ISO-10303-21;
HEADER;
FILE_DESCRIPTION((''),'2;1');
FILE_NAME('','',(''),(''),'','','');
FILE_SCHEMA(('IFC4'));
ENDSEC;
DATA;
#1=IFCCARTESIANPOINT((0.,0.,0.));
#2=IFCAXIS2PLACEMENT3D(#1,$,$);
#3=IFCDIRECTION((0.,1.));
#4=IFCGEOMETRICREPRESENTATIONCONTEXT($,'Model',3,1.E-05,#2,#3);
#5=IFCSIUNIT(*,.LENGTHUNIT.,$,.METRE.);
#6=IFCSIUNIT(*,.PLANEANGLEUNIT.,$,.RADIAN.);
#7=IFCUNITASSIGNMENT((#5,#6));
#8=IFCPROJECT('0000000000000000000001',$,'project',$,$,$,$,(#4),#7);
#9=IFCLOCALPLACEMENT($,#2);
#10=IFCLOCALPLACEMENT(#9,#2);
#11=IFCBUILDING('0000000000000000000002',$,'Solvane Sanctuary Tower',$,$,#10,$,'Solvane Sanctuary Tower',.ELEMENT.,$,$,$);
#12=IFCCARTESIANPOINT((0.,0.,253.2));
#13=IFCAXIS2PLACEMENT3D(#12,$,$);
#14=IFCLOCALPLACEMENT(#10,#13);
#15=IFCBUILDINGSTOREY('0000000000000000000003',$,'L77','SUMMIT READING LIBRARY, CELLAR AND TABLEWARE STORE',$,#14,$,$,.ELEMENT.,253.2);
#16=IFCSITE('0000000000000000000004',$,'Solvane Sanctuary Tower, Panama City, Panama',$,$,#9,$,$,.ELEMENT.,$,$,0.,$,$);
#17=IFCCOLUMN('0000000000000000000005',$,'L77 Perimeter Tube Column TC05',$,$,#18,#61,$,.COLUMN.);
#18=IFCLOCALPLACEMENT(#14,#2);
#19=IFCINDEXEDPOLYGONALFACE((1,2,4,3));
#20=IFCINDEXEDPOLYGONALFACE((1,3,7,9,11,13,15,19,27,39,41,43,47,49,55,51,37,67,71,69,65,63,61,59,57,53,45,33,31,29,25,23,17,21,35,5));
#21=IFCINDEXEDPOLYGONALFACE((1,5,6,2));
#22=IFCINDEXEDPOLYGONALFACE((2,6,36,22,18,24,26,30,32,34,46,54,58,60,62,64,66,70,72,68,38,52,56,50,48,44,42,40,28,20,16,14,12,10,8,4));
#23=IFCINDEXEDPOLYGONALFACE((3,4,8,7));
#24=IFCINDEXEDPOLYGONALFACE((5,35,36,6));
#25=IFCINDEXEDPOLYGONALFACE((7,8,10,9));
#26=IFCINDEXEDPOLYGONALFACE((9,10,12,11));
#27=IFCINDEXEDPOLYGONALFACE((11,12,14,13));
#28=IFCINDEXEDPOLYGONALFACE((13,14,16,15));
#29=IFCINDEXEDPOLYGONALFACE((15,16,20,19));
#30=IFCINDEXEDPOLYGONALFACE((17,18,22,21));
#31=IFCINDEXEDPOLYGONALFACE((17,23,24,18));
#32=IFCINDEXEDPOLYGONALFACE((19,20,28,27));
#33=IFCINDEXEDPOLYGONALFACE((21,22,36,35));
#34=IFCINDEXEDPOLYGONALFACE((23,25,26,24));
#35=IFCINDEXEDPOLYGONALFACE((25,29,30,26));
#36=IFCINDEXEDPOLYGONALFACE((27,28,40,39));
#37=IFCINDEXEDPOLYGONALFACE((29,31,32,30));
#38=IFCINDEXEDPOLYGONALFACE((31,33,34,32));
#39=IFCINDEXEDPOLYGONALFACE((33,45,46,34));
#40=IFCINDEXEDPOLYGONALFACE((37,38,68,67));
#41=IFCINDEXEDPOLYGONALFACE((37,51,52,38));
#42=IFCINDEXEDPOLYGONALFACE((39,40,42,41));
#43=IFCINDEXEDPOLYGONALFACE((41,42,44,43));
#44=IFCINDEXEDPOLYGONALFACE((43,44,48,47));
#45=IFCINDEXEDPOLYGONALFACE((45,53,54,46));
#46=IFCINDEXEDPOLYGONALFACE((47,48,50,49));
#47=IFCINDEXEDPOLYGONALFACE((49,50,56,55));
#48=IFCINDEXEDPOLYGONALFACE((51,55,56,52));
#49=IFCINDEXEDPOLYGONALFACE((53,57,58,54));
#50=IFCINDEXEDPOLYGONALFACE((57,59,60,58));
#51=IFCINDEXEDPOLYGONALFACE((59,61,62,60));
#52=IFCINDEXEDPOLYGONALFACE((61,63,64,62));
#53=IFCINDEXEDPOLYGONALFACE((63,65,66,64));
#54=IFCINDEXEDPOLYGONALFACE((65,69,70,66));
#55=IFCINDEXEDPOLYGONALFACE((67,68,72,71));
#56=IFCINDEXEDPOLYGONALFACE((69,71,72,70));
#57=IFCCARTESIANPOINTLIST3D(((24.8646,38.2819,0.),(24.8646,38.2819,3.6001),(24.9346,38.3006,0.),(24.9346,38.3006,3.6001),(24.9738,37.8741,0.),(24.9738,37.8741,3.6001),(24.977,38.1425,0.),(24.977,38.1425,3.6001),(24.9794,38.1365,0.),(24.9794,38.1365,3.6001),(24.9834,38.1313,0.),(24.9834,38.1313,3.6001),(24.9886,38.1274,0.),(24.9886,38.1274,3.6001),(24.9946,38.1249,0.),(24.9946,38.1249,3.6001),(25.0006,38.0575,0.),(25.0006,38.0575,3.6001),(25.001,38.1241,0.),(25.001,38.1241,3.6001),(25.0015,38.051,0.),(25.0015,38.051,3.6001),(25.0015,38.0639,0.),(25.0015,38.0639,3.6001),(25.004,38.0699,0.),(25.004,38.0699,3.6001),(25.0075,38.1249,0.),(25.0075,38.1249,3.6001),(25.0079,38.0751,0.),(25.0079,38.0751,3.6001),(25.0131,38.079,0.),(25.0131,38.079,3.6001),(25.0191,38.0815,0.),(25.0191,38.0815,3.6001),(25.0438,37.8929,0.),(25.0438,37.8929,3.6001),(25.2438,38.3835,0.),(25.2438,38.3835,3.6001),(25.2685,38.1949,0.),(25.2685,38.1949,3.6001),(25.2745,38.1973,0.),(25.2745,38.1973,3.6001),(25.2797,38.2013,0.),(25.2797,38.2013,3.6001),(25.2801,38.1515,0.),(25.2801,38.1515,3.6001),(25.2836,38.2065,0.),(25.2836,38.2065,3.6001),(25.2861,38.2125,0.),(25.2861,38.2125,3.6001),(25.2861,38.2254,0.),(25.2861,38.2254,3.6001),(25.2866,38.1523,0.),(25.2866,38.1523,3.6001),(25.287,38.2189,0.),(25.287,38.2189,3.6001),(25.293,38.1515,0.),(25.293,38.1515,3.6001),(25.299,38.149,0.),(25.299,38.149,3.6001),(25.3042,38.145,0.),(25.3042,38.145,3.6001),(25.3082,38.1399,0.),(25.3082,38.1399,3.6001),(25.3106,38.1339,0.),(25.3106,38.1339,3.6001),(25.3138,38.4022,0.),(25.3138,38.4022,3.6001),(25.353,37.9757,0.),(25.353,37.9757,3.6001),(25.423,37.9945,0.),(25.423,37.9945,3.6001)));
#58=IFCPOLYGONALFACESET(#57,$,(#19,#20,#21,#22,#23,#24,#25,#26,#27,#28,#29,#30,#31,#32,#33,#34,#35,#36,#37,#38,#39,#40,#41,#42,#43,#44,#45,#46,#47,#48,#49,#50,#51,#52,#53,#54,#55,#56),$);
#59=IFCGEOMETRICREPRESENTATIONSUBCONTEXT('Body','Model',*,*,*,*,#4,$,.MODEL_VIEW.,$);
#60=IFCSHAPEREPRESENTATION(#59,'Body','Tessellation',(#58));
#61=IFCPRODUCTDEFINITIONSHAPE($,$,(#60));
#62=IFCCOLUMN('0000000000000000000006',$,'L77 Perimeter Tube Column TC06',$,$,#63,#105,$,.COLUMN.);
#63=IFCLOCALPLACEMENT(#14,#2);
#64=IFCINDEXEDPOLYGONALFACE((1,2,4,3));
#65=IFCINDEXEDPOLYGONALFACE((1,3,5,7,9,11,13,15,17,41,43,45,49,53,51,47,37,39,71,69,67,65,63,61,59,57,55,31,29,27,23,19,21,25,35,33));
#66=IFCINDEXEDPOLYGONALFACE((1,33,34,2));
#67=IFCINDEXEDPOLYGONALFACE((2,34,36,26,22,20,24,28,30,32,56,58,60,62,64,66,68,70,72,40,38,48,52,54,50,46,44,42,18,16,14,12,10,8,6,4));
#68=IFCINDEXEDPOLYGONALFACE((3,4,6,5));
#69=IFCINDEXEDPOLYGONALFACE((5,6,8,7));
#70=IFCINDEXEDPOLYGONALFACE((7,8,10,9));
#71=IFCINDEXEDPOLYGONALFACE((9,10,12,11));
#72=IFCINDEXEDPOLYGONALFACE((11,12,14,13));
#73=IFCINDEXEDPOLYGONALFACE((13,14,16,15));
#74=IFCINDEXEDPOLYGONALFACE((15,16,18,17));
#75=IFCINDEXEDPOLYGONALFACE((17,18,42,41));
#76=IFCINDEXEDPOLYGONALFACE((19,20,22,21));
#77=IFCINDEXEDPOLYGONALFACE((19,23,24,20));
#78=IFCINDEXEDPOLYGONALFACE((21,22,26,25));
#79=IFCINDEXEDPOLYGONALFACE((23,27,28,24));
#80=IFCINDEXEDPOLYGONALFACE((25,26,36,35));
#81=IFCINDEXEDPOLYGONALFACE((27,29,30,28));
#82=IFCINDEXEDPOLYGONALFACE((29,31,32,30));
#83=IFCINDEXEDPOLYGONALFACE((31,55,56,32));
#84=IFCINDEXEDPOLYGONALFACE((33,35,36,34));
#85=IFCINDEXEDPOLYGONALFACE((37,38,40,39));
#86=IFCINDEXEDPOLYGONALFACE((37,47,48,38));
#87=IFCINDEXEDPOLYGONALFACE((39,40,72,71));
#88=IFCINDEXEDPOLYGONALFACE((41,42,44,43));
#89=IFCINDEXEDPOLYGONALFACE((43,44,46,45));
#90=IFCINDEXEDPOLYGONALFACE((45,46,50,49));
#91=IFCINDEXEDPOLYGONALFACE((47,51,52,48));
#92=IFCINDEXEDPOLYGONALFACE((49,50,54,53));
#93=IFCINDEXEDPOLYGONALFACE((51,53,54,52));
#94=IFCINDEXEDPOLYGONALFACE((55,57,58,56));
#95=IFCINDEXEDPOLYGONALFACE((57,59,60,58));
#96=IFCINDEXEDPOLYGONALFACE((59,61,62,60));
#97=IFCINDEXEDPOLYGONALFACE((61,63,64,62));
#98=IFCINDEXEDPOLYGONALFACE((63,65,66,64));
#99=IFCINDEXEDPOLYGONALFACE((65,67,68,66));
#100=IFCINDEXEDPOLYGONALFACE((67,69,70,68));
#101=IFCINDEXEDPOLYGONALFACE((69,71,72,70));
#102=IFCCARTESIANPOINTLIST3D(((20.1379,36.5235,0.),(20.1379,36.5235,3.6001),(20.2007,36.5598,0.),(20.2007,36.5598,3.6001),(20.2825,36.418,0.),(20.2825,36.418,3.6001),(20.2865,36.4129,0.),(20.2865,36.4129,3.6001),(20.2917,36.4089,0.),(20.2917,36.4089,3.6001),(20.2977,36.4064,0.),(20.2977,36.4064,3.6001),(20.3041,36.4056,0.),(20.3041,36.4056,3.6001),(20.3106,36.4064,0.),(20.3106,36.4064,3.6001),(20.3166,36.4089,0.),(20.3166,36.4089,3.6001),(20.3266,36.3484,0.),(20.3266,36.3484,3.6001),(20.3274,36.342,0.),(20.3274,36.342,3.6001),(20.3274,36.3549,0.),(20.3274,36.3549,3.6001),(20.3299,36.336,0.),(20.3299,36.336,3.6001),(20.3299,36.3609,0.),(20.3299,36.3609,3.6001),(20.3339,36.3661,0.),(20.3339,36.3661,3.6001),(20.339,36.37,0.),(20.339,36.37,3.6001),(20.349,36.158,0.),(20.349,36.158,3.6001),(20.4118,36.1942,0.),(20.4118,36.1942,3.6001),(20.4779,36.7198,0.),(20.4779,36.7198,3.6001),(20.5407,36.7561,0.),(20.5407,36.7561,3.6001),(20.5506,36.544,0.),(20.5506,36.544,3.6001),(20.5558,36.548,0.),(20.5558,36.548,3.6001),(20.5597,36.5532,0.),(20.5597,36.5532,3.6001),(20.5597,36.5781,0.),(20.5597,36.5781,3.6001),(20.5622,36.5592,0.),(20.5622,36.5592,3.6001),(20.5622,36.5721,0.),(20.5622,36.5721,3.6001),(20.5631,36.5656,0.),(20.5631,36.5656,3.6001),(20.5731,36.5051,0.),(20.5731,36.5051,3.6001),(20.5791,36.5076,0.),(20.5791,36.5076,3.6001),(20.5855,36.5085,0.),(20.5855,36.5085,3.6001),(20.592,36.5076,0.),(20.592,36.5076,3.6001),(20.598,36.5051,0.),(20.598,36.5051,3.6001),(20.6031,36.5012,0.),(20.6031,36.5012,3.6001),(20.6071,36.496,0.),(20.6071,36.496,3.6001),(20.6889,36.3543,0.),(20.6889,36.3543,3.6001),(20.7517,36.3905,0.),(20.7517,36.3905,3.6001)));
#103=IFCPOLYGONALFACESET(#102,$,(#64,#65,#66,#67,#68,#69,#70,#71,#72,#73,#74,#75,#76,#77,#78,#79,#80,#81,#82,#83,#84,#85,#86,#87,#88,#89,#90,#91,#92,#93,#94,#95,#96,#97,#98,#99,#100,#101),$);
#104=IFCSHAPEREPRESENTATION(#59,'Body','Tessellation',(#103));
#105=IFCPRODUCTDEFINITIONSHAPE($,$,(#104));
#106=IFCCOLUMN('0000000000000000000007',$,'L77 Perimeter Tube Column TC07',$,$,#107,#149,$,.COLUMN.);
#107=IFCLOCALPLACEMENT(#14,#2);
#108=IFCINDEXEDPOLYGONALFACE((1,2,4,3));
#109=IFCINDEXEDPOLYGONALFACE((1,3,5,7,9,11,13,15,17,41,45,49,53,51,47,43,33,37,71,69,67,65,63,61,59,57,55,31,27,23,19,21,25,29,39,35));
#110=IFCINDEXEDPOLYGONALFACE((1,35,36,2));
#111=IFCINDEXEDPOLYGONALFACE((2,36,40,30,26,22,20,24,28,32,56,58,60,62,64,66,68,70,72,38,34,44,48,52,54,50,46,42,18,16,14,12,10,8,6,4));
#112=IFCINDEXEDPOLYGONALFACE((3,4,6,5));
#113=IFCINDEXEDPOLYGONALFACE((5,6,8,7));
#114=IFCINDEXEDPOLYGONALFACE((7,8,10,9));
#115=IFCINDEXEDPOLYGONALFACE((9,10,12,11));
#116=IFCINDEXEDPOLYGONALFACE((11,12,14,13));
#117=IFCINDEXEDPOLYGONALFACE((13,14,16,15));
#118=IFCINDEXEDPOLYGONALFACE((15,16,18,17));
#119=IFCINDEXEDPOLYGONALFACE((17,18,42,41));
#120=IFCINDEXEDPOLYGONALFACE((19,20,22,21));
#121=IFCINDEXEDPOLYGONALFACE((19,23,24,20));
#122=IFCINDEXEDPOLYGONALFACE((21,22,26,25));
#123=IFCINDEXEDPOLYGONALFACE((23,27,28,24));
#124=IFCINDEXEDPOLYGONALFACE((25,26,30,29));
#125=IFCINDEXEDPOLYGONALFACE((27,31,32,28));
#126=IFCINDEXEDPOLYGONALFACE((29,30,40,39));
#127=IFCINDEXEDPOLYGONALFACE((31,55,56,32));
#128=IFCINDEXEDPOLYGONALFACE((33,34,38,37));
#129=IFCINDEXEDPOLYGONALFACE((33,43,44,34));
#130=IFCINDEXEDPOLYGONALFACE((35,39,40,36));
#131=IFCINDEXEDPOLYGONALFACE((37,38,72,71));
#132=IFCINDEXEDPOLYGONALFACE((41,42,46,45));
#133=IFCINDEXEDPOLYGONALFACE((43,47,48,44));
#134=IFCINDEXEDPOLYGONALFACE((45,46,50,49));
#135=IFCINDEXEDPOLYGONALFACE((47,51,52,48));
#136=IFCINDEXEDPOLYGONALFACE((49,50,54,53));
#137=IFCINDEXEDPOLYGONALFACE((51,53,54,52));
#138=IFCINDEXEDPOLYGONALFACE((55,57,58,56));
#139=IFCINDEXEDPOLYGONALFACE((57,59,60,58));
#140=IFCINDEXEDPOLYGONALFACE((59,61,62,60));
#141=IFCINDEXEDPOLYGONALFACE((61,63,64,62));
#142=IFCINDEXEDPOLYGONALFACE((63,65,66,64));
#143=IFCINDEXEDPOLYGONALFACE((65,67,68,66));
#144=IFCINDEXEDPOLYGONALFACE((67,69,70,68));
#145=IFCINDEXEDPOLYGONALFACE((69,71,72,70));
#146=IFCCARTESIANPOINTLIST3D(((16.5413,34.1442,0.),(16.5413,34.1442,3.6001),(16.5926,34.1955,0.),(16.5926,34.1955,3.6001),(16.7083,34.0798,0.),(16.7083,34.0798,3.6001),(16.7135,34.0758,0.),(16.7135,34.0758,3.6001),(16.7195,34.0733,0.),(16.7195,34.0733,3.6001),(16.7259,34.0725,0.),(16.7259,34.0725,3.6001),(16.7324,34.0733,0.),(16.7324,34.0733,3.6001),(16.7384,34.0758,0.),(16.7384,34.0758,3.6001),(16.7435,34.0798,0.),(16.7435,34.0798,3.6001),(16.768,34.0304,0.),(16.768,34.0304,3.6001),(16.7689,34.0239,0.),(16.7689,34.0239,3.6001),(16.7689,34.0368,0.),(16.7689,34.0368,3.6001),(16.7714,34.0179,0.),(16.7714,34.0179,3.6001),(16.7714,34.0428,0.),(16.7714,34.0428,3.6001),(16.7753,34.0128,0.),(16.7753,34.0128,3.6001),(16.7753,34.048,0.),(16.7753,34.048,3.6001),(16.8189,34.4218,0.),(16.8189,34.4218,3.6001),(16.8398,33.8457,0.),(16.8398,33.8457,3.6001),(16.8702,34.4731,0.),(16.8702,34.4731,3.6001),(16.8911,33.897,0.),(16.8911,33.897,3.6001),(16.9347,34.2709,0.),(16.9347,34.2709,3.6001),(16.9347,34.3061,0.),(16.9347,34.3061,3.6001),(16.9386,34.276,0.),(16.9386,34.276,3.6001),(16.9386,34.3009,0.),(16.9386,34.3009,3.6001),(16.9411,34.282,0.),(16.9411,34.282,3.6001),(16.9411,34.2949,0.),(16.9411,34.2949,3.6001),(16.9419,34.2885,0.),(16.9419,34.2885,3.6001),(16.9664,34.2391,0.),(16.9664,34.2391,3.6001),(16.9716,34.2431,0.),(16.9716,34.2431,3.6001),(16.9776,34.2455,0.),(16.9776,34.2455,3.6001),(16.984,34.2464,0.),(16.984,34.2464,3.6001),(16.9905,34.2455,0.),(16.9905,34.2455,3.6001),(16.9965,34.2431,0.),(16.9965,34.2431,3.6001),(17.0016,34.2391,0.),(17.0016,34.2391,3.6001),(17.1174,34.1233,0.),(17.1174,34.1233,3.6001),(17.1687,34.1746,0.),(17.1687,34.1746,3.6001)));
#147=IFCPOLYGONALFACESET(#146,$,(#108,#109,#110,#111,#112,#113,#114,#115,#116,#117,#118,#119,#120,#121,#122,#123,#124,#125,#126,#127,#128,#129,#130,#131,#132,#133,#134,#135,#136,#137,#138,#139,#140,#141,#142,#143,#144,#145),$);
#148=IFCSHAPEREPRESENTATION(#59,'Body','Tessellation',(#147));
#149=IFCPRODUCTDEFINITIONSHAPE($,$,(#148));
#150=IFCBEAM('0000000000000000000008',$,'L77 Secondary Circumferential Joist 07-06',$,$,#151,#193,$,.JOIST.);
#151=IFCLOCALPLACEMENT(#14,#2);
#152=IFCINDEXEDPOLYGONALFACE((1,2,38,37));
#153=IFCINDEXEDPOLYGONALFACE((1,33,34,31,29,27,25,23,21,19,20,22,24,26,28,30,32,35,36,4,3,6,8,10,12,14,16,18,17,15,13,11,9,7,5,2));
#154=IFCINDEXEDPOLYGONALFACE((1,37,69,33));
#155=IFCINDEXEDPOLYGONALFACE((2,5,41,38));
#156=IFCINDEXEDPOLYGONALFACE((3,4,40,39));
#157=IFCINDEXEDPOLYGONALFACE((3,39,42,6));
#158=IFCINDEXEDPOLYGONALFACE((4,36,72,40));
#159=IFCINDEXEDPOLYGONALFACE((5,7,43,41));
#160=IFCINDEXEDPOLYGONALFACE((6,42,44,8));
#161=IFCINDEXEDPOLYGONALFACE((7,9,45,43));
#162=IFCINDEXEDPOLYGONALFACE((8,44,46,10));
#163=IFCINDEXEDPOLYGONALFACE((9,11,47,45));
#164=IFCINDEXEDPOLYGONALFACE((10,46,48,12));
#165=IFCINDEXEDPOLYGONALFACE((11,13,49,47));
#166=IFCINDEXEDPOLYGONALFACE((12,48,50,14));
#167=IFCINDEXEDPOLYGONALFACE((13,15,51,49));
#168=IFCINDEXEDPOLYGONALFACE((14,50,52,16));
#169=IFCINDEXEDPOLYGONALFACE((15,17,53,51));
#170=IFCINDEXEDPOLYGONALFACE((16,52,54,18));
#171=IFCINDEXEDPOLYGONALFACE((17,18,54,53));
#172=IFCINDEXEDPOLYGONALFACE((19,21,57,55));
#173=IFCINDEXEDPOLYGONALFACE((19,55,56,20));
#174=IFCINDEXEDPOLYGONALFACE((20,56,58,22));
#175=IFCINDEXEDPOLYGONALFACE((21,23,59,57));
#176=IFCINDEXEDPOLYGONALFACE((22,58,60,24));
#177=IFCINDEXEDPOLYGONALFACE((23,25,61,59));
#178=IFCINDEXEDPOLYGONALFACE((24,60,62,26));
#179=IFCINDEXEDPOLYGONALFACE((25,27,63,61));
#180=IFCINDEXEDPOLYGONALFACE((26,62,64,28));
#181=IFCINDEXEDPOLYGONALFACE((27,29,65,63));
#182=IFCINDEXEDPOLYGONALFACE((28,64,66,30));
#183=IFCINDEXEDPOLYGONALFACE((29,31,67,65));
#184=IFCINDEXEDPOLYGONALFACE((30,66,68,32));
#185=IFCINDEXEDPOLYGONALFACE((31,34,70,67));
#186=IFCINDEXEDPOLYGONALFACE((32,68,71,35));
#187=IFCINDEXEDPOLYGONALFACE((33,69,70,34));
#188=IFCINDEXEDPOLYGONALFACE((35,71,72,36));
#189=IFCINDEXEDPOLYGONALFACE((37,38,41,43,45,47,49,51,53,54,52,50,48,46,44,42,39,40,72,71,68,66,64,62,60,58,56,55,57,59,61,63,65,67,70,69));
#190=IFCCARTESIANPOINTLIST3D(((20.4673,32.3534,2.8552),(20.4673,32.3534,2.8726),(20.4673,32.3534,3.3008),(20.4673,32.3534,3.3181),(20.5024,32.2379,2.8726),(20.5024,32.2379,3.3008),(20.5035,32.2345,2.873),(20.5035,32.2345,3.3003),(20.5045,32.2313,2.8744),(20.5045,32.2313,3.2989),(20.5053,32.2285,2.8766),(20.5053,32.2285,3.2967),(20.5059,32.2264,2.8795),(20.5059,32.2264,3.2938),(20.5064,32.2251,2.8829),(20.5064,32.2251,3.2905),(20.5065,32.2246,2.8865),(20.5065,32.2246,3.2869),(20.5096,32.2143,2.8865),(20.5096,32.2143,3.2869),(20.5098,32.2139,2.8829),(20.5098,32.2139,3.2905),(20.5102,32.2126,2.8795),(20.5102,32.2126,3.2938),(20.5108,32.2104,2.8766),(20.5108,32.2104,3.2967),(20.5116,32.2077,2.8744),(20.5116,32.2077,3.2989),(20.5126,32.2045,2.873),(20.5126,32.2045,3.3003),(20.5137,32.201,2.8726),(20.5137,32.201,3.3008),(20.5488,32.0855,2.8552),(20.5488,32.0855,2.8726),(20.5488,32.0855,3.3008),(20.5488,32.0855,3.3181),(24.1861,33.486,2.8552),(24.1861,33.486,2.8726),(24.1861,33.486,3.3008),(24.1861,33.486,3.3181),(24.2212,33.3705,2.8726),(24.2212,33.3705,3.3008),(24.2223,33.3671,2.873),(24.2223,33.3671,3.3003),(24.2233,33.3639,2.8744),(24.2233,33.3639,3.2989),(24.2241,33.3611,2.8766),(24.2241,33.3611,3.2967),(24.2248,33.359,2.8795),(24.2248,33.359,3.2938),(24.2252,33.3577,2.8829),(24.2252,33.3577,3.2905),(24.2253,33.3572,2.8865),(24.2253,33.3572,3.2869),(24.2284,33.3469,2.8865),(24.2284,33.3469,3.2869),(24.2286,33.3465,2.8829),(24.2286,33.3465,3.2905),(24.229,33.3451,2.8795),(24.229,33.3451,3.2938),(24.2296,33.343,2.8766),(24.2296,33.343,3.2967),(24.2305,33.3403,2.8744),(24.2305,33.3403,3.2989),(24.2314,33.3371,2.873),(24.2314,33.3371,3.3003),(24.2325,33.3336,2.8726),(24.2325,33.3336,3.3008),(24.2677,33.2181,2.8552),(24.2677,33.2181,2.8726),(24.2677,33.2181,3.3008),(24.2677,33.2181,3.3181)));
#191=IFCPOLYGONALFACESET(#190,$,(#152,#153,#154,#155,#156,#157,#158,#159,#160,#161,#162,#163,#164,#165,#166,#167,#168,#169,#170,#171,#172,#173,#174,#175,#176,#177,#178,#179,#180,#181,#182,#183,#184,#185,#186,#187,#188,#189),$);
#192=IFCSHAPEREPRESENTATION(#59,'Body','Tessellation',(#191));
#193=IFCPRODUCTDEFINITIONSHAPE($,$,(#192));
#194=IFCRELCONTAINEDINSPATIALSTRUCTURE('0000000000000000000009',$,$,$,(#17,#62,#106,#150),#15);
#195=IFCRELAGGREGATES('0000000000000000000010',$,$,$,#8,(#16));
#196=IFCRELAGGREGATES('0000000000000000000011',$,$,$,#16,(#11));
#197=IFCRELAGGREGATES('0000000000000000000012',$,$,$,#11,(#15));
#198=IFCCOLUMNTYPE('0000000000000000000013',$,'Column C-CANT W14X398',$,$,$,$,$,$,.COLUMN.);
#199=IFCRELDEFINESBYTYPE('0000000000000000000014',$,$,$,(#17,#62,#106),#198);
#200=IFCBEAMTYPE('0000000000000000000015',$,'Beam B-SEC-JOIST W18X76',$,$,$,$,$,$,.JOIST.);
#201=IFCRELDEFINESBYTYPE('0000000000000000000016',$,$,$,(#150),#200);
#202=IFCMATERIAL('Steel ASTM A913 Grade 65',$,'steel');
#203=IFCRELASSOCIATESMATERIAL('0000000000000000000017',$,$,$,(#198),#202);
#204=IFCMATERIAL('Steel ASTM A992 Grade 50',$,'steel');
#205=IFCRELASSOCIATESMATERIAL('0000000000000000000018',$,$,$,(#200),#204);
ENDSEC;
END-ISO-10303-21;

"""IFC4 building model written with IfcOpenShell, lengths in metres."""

from ifc_helpers import new_model, si_unit, direction, frame, origin, origin_2d, place, context, subcontext, project, spatial, i_section, extrude, material, material_profile, profile_set, type_object, element, save


model = new_model("IFC4")

# Units and contexts
model_context = context("Model", 3, precision=1e-05, world=origin(), true_north=direction((0.0, 1.0)))
body_context = subcontext(model_context, "Body", "Model", "MODEL_VIEW")
ifc_project = project(units=[si_unit("LENGTHUNIT", "METRE"), si_unit("PLANEANGLEUNIT", "RADIAN")], contexts=[model_context])

# Site, building, storey
site_placement = place(None, origin())
site = spatial("IfcSite", under=ifc_project, at=site_placement, Name="Solvane Sanctuary Tower, Panama City, Panama", CompositionType="ELEMENT", RefElevation=0.0)
building_placement = place(site_placement, origin())
building = spatial("IfcBuilding", under=site, at=building_placement, Name="Solvane Sanctuary Tower", LongName="Solvane Sanctuary Tower", CompositionType="ELEMENT")
storey_placement = place(building_placement, frame((0.0, 0.0, 253.2)))
storey = spatial("IfcBuildingStorey", under=building, at=storey_placement, Name="L77", Description="SUMMIT READING LIBRARY, CELLAR AND TABLEWARE STORE", CompositionType="ELEMENT", Elevation=253.2)

# Columns
ifc_material_1 = material(Name="Steel ASTM A913 Grade 65", Category="steel")
ifc_material_profile_1 = material_profile(ifc_material_1, i_section(OverallWidth=0.4221, OverallDepth=0.4651, WebThickness=0.0449, FlangeThickness=0.0725, FilletRadius=0.0249, at=origin_2d()), Name="W14X398")
ifc_profile_set_1 = profile_set([ifc_material_profile_1], Name="Steel ASTM A913 Grade 65")
column_type = type_object("IfcColumnType", Name="Column C-CANT W14X398", PredefinedType="COLUMN", material=ifc_profile_set_1)
for number, where, z_axis, x_axis, name in (
    (1, (25.1438, 38.1382, 0.0), (0.0, 0.0, 1.0), (-0.258819, 0.965926, 0.0), "L77 Perimeter Tube Column TC05"),
    (2, (20.4448, 36.457, 0.0), (0.0, 0.0, 1.0), (-0.5, 0.866025, 0.0), "L77 Perimeter Tube Column TC06"),
    (3, (16.855, 34.1594, 0.0), (0.0, 0.0, 1.0), (-0.707107, 0.707107, 0.0), "L77 Perimeter Tube Column TC07"),
):
    element("IfcColumn", number, at=place(storey_placement, frame(where, z_axis=z_axis, x_axis=x_axis)), inside=storey, type_object=column_type, Name=name, PredefinedType="COLUMN", context=body_context, shape_type="SweptSolid", body=[
        extrude(i_section(OverallWidth=0.4221, OverallDepth=0.4651, WebThickness=0.0449, FlangeThickness=0.0725, FilletRadius=0.0249, at=origin_2d()), origin(), (0.0, 0.0, 1.0), 3.6001),
    ])

# Beam
ifc_material_2 = material(Name="Steel ASTM A992 Grade 50", Category="steel")
ifc_material_profile_2 = material_profile(ifc_material_2, i_section(OverallWidth=0.28, OverallDepth=0.4629, WebThickness=0.0107, FlangeThickness=0.0173, FilletRadius=0.0139, at=origin_2d()), Name="W18X76")
ifc_profile_set_2 = profile_set([ifc_material_profile_2], Name="Steel ASTM A992 Grade 50")
beam_type_1 = type_object("IfcBeamType", Name="Beam B-SEC-JOIST W18X76", PredefinedType="JOIST", material=ifc_profile_set_2)
beam_1_placement = place(storey_placement, frame((20.5081, 32.2195, 3.0867), z_axis=(0.956618, 0.291344, 0.0), x_axis=(-0.291344, 0.956618, 0.0)))
element("IfcBeam", 4, at=beam_1_placement, inside=storey, type_object=beam_type_1, Name="L77 Secondary Circumferential Joist 07-06", PredefinedType="JOIST", context=body_context, shape_type="SweptSolid", body=[
    extrude(i_section(OverallWidth=0.28, OverallDepth=0.4629, WebThickness=0.0107, FlangeThickness=0.0173, FilletRadius=0.0139, at=origin_2d()), origin(), (0.0, 0.0, 1.0), 3.8875),
])

save(model, "model.ifc")
